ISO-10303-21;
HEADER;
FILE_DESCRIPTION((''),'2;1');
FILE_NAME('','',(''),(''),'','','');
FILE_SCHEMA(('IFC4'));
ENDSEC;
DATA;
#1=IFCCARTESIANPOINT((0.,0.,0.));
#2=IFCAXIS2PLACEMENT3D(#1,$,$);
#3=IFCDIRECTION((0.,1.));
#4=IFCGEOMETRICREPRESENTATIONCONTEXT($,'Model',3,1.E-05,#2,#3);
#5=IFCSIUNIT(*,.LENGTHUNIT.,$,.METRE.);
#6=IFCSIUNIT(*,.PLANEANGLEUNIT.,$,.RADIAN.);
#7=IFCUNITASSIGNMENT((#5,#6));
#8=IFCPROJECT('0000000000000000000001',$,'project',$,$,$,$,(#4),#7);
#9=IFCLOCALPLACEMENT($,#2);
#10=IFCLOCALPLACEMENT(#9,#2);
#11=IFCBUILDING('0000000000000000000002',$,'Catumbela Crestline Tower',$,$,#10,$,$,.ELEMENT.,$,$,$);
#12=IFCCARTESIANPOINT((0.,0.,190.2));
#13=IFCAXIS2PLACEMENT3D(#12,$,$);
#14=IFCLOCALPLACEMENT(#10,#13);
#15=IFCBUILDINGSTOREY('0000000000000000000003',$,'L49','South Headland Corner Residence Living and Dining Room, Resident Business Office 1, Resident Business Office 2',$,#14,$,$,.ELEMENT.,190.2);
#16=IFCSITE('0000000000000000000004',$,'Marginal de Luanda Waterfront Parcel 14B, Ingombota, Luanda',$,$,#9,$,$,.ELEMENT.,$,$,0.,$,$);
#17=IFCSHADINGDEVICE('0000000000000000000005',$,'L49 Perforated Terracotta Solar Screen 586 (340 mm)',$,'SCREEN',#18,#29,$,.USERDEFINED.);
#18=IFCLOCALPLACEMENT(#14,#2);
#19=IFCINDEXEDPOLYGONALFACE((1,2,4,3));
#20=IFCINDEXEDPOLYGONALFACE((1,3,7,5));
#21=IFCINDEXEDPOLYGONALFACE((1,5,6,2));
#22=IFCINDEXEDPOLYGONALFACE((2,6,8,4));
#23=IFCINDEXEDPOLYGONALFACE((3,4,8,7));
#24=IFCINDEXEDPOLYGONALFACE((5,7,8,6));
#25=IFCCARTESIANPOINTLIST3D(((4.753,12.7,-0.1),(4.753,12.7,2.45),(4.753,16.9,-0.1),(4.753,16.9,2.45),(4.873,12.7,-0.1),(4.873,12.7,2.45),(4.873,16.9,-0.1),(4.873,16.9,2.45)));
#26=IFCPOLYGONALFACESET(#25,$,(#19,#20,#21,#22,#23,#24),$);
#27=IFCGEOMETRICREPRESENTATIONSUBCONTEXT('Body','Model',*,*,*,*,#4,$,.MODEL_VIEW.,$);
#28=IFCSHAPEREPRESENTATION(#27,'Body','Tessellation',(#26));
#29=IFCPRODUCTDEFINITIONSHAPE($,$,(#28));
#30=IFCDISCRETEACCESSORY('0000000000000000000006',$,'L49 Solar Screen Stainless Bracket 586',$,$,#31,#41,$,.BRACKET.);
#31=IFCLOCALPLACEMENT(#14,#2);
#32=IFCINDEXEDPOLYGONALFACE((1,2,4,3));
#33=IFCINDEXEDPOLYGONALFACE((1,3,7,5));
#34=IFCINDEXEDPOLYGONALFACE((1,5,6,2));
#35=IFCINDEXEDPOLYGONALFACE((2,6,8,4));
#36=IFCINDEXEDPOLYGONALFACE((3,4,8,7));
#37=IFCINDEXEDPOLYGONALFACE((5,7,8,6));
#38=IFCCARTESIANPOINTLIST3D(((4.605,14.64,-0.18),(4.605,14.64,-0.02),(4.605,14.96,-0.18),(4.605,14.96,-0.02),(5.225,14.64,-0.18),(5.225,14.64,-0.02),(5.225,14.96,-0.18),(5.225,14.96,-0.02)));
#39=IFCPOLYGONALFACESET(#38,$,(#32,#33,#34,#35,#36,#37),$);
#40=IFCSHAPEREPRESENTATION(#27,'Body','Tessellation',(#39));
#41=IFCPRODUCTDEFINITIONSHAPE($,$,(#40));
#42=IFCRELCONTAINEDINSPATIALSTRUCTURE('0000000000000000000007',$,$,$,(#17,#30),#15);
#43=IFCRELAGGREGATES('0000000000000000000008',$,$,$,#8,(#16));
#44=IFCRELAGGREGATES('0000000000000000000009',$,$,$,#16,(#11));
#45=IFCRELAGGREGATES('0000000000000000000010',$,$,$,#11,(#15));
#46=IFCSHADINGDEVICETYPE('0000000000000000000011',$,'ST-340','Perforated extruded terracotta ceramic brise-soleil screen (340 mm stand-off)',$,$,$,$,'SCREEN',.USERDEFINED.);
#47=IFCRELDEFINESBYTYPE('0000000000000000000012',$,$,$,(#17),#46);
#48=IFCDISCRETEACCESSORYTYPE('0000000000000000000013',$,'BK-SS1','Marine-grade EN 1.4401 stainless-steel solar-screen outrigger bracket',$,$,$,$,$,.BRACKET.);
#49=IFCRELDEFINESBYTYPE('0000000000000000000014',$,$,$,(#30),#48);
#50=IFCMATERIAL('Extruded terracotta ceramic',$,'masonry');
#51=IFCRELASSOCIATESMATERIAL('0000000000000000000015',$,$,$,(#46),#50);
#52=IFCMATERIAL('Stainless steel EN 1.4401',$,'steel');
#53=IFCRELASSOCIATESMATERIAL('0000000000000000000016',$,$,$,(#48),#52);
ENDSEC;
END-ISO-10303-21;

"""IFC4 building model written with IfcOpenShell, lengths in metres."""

from ifc_helpers import new_model, si_unit, direction, frame, origin, origin_2d, place, context, subcontext, project, spatial, rectangle, extrude, material, type_object, element, save


model = new_model("IFC4")

# Units and contexts
model_context = context("Model", 3, precision=1e-05, world=origin(), true_north=direction((0.0, 1.0)))
body_context = subcontext(model_context, "Body", "Model", "MODEL_VIEW")
ifc_project = project(units=[si_unit("LENGTHUNIT", "METRE"), si_unit("PLANEANGLEUNIT", "RADIAN")], contexts=[model_context])

# Site, building, storey
site_placement = place(None, origin())
site = spatial("IfcSite", under=ifc_project, at=site_placement, Name="Marginal de Luanda Waterfront Parcel 14B, Ingombota, Luanda", CompositionType="ELEMENT", RefElevation=0.0)
building_placement = place(site_placement, origin())
building = spatial("IfcBuilding", under=site, at=building_placement, Name="Catumbela Crestline Tower", CompositionType="ELEMENT")
storey_placement = place(building_placement, frame((0.0, 0.0, 190.2)))
storey = spatial("IfcBuildingStorey", under=building, at=storey_placement, Name="L49", Description="South Headland Corner Residence Living and Dining Room, Resident Business Office 1, Resident Business Office 2", CompositionType="ELEMENT", Elevation=190.2)

# Shading device
ifc_material_1 = material(Name="Extruded terracotta ceramic", Category="masonry")
shading_device_type = type_object("IfcShadingDeviceType", Name="ST-340", Description="Perforated extruded terracotta ceramic brise-soleil screen (340 mm stand-off)", ElementType="SCREEN", PredefinedType="USERDEFINED", material=ifc_material_1)
shading_device_placement = place(storey_placement, frame((4.813, 14.8, -0.1), z_axis=(0.0, 0.0, 1.0), x_axis=(0.0, -1.0, 0.0)))
element("IfcShadingDevice", 1, at=shading_device_placement, inside=storey, type_object=shading_device_type, Name="L49 Perforated Terracotta Solar Screen 586 (340 mm)", ObjectType="SCREEN", PredefinedType="USERDEFINED", context=body_context, shape_type="SweptSolid", body=[
    extrude(rectangle(XDim=4.2, YDim=0.12, at=origin_2d()), origin(), (0.0, 0.0, 1.0), 2.55),
])

# Discrete accessory
ifc_material_2 = material(Name="Stainless steel EN 1.4401", Category="steel")
discrete_accessory_type = type_object("IfcDiscreteAccessoryType", Name="BK-SS1", Description="Marine-grade EN 1.4401 stainless-steel solar-screen outrigger bracket", PredefinedType="BRACKET", material=ifc_material_2)
discrete_accessory_placement = place(storey_placement, frame((4.915, 14.8, -0.18), z_axis=(0.0, 0.0, 1.0), x_axis=(0.0, -1.0, 0.0)))
element("IfcDiscreteAccessory", 2, at=discrete_accessory_placement, inside=storey, type_object=discrete_accessory_type, Name="L49 Solar Screen Stainless Bracket 586", PredefinedType="BRACKET", context=body_context, shape_type="SweptSolid", body=[
    extrude(rectangle(XDim=0.32, YDim=0.62, at=origin_2d()), origin(), (0.0, 0.0, 1.0), 0.16),
])

save(model, "model.ifc")
